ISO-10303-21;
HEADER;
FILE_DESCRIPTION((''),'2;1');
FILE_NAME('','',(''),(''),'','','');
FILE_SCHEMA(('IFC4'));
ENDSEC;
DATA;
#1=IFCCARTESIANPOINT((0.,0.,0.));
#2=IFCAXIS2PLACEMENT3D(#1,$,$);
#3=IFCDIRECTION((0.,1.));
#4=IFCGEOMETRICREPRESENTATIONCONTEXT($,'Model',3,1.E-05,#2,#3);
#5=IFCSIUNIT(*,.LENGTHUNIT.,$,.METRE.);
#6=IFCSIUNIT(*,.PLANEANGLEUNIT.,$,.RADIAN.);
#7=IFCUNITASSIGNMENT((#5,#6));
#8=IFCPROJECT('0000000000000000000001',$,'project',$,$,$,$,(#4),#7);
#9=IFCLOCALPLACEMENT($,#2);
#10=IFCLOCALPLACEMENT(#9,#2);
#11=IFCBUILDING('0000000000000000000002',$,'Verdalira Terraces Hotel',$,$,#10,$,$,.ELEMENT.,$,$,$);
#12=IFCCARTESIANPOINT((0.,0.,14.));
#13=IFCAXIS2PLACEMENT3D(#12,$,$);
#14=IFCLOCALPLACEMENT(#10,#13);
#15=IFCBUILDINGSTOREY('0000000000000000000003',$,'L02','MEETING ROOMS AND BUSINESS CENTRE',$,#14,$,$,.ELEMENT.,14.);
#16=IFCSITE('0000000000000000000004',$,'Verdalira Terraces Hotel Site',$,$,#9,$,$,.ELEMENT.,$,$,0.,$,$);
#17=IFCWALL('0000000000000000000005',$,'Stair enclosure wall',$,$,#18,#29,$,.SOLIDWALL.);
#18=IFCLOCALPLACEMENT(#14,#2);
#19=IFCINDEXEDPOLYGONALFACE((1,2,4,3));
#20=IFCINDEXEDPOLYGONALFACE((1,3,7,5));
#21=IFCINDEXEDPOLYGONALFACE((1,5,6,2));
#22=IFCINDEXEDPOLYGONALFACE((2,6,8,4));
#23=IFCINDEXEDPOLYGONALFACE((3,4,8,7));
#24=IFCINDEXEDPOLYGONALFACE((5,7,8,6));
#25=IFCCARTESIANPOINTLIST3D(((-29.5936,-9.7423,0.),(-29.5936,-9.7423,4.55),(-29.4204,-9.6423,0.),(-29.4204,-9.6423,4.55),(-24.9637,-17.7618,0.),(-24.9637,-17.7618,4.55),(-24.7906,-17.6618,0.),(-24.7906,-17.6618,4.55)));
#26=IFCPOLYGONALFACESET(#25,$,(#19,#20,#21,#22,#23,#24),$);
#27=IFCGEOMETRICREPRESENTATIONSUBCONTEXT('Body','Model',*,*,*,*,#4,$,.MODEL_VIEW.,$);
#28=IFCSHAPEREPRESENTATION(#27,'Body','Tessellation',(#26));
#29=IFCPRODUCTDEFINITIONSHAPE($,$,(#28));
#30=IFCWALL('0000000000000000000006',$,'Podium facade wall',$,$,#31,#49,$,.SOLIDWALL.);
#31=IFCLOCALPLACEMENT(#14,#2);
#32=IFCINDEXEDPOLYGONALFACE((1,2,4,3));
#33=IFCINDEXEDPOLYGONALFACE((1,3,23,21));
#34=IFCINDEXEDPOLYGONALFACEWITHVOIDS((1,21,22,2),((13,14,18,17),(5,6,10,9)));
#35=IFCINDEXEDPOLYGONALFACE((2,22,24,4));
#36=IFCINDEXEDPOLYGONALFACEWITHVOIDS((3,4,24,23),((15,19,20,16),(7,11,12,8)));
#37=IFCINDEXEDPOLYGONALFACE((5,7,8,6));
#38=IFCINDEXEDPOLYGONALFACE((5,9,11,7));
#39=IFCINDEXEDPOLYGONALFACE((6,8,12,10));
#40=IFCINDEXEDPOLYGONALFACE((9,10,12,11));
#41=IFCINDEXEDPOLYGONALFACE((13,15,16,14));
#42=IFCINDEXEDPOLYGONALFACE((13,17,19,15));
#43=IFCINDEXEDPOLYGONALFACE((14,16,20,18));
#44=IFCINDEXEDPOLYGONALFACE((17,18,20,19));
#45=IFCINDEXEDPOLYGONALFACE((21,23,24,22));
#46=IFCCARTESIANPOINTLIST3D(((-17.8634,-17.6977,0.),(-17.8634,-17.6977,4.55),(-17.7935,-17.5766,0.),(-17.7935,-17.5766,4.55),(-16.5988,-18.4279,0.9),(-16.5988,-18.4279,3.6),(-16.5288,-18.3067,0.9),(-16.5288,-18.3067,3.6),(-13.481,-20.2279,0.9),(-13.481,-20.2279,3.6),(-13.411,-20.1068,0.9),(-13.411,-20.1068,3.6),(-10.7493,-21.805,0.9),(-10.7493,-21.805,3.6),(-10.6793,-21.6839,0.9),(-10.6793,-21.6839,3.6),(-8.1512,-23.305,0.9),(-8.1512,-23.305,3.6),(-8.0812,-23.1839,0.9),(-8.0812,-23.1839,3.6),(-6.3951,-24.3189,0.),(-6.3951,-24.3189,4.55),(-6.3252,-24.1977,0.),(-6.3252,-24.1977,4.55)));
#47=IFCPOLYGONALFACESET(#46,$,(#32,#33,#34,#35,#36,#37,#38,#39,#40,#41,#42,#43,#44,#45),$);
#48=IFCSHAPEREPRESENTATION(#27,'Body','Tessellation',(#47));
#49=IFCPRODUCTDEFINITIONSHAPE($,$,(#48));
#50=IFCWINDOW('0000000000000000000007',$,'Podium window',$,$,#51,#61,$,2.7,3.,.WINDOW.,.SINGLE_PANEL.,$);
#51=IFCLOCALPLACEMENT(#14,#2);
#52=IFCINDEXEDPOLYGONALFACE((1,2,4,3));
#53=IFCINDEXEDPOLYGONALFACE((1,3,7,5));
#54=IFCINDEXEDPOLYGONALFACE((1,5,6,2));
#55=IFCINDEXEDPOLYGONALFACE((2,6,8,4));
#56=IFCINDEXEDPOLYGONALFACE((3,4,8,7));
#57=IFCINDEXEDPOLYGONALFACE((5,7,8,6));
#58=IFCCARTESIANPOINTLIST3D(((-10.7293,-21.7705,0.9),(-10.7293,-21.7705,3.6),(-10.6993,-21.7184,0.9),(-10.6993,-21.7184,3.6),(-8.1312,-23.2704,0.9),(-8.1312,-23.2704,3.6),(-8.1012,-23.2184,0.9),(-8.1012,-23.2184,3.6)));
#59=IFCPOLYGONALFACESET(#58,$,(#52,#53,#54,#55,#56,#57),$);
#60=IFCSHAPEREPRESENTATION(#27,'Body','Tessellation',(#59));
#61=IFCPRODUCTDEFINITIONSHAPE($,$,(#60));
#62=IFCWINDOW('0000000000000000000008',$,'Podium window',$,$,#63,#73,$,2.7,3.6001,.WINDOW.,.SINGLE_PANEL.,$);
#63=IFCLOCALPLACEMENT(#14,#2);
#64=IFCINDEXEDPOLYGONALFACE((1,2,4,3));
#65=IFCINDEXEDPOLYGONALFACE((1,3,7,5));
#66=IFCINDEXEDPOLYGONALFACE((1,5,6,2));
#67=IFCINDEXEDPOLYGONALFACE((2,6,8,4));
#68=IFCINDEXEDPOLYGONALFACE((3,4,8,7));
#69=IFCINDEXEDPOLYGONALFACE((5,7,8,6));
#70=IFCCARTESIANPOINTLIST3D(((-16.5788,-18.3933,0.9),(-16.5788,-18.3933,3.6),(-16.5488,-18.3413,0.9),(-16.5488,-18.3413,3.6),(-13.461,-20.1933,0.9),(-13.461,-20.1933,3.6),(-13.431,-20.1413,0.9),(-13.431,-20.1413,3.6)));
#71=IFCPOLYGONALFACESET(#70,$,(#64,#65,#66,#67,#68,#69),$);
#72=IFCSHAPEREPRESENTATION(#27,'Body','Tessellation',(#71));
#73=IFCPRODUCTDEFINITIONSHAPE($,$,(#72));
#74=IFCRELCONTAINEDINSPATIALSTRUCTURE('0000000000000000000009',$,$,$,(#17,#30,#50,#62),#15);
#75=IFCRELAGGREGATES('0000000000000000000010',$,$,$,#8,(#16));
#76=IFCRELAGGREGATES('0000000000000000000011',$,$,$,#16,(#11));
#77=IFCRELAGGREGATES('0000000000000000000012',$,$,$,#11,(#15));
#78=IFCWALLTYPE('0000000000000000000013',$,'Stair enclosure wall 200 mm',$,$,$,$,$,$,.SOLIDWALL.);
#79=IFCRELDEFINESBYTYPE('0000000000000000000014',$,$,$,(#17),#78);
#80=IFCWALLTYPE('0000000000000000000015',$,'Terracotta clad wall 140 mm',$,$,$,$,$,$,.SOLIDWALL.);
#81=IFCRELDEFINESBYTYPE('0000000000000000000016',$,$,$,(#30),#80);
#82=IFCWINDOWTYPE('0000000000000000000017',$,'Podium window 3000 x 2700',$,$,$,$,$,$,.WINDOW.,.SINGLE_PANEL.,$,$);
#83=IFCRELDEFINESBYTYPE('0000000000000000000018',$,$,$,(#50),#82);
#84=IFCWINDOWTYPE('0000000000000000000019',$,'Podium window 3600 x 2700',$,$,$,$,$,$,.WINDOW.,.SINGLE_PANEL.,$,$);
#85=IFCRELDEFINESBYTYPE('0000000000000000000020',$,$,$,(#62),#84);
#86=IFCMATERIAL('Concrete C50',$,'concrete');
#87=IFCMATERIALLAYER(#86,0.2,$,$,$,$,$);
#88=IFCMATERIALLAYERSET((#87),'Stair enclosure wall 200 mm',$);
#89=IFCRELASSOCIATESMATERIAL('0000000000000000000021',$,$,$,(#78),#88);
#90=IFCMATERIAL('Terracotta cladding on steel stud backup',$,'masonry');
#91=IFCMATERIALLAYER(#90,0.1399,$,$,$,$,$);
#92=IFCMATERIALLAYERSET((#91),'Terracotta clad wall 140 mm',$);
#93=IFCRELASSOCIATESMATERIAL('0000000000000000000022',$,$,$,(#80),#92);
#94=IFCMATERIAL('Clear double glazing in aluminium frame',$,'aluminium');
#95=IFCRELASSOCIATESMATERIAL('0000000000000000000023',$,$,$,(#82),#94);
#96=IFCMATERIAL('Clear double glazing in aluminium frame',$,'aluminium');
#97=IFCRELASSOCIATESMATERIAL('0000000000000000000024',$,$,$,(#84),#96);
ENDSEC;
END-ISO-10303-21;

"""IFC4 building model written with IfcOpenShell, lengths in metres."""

from ifc_helpers import new_model, si_unit, direction, frame, frame_2d, origin, place, context, subcontext, project, spatial, rectangle, extrude, material, layer, layer_set, type_object, element, fill, save


model = new_model("IFC4")

# Units and contexts
model_context = context("Model", 3, precision=1e-05, world=origin(), true_north=direction((0.0, 1.0)))
body_context = subcontext(model_context, "Body", "Model", "MODEL_VIEW")
ifc_project = project(units=[si_unit("LENGTHUNIT", "METRE"), si_unit("PLANEANGLEUNIT", "RADIAN")], contexts=[model_context])

# Site, building, storey
site_placement = place(None, origin())
site = spatial("IfcSite", under=ifc_project, at=site_placement, Name="Verdalira Terraces Hotel Site", CompositionType="ELEMENT", RefElevation=0.0)
building_placement = place(site_placement, origin())
building = spatial("IfcBuilding", under=site, at=building_placement, Name="Verdalira Terraces Hotel", CompositionType="ELEMENT")
storey_placement = place(building_placement, frame((0.0, 0.0, 14.0)))
storey = spatial("IfcBuildingStorey", under=building, at=storey_placement, Name="L02", Description="MEETING ROOMS AND BUSINESS CENTRE", CompositionType="ELEMENT", Elevation=14.0)

# Wall
ifc_material_1 = material(Name="Concrete C50", Category="concrete")
ifc_layer_1 = layer(ifc_material_1, 0.2)
ifc_layer_set_1 = layer_set([ifc_layer_1], Name="Stair enclosure wall 200 mm")
wall_type_1 = type_object("IfcWallType", Name="Stair enclosure wall 200 mm", PredefinedType="SOLIDWALL", material=ifc_layer_set_1)
wall_1_placement = place(storey_placement, frame((-24.8772, -17.7117, 0.0), z_axis=(0.0, 0.0, 1.0), x_axis=(-0.499984, 0.866035, 0.0)))
element("IfcWall", 1, at=wall_1_placement, inside=storey, type_object=wall_type_1, Name="Stair enclosure wall", PredefinedType="SOLIDWALL", context=body_context, shape_type="SweptSolid", body=[
    extrude(rectangle(XDim=9.26, YDim=0.2, at=frame_2d((4.6299, 0.0))), origin(), (0.0, 0.0, 1.0), 4.55),
])

# Wall, openings, windows
ifc_material_2 = material(Name="Terracotta cladding on steel stud backup", Category="masonry")
ifc_layer_2 = layer(ifc_material_2, 0.1399)
ifc_layer_set_2 = layer_set([ifc_layer_2], Name="Terracotta clad wall 140 mm")
wall_type_2 = type_object("IfcWallType", Name="Terracotta clad wall 140 mm", PredefinedType="SOLIDWALL", material=ifc_layer_set_2)
wall_2_placement = place(storey_placement, frame((-17.8284, -17.6372, 0.0), z_axis=(0.0, 0.0, 1.0), x_axis=(0.866029, -0.499994, 0.0)))
wall_2 = element("IfcWall", 2, at=wall_2_placement, inside=storey, type_object=wall_type_2, Name="Podium facade wall", PredefinedType="SOLIDWALL", context=body_context, shape_type="SweptSolid", body=[
    extrude(rectangle(XDim=13.2424, YDim=0.1399, at=frame_2d((6.6211, 0.0))), origin(), (0.0, 0.0, 1.0), 4.55),
])
opening_1_placement = place(wall_2_placement, frame((1.4602, 0.0, 0.8999)))
opening_1 = element("IfcOpeningElement", 3, at=opening_1_placement, cuts=wall_2, PredefinedType="OPENING", context=body_context, shape_type="SweptSolid", body=[
    extrude(rectangle(XDim=3.6001, YDim=2.7, at=frame_2d((1.8, 1.3501))), frame((0.0, 0.0798, 0.0), z_axis=(0.0, -1.0, 0.0), x_axis=(1.0, 0.0, 0.0)), (0.0, 0.0, 1.0), 0.1599),
])
opening_2_placement = place(wall_2_placement, frame((8.2146, 0.0, 0.8999)))
opening_2 = element("IfcOpeningElement", 4, at=opening_2_placement, cuts=wall_2, PredefinedType="OPENING", context=body_context, shape_type="SweptSolid", body=[
    extrude(rectangle(XDim=3.0, YDim=2.7, at=frame_2d((1.5, 1.3501))), frame((0.0, 0.0798, 0.0), z_axis=(0.0, -1.0, 0.0), x_axis=(1.0, 0.0, 0.0)), (0.0, 0.0, 1.0), 0.1599),
])
ifc_material_3 = material(Name="Clear double glazing in aluminium frame", Category="aluminium")
window_type_1 = type_object("IfcWindowType", Name="Podium window 3000 x 2700", PartitioningType="SINGLE_PANEL", PredefinedType="WINDOW", material=ifc_material_3)
window_1_placement = place(opening_2_placement, origin())
window_1 = element("IfcWindow", 5, at=window_1_placement, inside=storey, type_object=window_type_1, Name="Podium window", OverallHeight=2.7, OverallWidth=3.0, PartitioningType="SINGLE_PANEL", PredefinedType="WINDOW", context=body_context, shape_type="SweptSolid", body=[
    extrude(rectangle(XDim=3.0, YDim=2.7, at=frame_2d((1.5, 1.3501))), frame((0.0, 0.03, 0.0), z_axis=(0.0, -1.0, 0.0), x_axis=(1.0, 0.0, 0.0)), (0.0, 0.0, 1.0), 0.0601),
])
fill(opening_2, window_1)
ifc_material_4 = material(Name="Clear double glazing in aluminium frame", Category="aluminium")
window_type_2 = type_object("IfcWindowType", Name="Podium window 3600 x 2700", PartitioningType="SINGLE_PANEL", PredefinedType="WINDOW", material=ifc_material_4)
window_2_placement = place(opening_1_placement, origin())
window_2 = element("IfcWindow", 6, at=window_2_placement, inside=storey, type_object=window_type_2, Name="Podium window", OverallHeight=2.7, OverallWidth=3.6001, PartitioningType="SINGLE_PANEL", PredefinedType="WINDOW", context=body_context, shape_type="SweptSolid", body=[
    extrude(rectangle(XDim=3.6001, YDim=2.7, at=frame_2d((1.8, 1.3501))), frame((0.0, 0.03, 0.0), z_axis=(0.0, -1.0, 0.0), x_axis=(1.0, 0.0, 0.0)), (0.0, 0.0, 1.0), 0.0601),
])
fill(opening_1, window_2)

save(model, "model.ifc")
